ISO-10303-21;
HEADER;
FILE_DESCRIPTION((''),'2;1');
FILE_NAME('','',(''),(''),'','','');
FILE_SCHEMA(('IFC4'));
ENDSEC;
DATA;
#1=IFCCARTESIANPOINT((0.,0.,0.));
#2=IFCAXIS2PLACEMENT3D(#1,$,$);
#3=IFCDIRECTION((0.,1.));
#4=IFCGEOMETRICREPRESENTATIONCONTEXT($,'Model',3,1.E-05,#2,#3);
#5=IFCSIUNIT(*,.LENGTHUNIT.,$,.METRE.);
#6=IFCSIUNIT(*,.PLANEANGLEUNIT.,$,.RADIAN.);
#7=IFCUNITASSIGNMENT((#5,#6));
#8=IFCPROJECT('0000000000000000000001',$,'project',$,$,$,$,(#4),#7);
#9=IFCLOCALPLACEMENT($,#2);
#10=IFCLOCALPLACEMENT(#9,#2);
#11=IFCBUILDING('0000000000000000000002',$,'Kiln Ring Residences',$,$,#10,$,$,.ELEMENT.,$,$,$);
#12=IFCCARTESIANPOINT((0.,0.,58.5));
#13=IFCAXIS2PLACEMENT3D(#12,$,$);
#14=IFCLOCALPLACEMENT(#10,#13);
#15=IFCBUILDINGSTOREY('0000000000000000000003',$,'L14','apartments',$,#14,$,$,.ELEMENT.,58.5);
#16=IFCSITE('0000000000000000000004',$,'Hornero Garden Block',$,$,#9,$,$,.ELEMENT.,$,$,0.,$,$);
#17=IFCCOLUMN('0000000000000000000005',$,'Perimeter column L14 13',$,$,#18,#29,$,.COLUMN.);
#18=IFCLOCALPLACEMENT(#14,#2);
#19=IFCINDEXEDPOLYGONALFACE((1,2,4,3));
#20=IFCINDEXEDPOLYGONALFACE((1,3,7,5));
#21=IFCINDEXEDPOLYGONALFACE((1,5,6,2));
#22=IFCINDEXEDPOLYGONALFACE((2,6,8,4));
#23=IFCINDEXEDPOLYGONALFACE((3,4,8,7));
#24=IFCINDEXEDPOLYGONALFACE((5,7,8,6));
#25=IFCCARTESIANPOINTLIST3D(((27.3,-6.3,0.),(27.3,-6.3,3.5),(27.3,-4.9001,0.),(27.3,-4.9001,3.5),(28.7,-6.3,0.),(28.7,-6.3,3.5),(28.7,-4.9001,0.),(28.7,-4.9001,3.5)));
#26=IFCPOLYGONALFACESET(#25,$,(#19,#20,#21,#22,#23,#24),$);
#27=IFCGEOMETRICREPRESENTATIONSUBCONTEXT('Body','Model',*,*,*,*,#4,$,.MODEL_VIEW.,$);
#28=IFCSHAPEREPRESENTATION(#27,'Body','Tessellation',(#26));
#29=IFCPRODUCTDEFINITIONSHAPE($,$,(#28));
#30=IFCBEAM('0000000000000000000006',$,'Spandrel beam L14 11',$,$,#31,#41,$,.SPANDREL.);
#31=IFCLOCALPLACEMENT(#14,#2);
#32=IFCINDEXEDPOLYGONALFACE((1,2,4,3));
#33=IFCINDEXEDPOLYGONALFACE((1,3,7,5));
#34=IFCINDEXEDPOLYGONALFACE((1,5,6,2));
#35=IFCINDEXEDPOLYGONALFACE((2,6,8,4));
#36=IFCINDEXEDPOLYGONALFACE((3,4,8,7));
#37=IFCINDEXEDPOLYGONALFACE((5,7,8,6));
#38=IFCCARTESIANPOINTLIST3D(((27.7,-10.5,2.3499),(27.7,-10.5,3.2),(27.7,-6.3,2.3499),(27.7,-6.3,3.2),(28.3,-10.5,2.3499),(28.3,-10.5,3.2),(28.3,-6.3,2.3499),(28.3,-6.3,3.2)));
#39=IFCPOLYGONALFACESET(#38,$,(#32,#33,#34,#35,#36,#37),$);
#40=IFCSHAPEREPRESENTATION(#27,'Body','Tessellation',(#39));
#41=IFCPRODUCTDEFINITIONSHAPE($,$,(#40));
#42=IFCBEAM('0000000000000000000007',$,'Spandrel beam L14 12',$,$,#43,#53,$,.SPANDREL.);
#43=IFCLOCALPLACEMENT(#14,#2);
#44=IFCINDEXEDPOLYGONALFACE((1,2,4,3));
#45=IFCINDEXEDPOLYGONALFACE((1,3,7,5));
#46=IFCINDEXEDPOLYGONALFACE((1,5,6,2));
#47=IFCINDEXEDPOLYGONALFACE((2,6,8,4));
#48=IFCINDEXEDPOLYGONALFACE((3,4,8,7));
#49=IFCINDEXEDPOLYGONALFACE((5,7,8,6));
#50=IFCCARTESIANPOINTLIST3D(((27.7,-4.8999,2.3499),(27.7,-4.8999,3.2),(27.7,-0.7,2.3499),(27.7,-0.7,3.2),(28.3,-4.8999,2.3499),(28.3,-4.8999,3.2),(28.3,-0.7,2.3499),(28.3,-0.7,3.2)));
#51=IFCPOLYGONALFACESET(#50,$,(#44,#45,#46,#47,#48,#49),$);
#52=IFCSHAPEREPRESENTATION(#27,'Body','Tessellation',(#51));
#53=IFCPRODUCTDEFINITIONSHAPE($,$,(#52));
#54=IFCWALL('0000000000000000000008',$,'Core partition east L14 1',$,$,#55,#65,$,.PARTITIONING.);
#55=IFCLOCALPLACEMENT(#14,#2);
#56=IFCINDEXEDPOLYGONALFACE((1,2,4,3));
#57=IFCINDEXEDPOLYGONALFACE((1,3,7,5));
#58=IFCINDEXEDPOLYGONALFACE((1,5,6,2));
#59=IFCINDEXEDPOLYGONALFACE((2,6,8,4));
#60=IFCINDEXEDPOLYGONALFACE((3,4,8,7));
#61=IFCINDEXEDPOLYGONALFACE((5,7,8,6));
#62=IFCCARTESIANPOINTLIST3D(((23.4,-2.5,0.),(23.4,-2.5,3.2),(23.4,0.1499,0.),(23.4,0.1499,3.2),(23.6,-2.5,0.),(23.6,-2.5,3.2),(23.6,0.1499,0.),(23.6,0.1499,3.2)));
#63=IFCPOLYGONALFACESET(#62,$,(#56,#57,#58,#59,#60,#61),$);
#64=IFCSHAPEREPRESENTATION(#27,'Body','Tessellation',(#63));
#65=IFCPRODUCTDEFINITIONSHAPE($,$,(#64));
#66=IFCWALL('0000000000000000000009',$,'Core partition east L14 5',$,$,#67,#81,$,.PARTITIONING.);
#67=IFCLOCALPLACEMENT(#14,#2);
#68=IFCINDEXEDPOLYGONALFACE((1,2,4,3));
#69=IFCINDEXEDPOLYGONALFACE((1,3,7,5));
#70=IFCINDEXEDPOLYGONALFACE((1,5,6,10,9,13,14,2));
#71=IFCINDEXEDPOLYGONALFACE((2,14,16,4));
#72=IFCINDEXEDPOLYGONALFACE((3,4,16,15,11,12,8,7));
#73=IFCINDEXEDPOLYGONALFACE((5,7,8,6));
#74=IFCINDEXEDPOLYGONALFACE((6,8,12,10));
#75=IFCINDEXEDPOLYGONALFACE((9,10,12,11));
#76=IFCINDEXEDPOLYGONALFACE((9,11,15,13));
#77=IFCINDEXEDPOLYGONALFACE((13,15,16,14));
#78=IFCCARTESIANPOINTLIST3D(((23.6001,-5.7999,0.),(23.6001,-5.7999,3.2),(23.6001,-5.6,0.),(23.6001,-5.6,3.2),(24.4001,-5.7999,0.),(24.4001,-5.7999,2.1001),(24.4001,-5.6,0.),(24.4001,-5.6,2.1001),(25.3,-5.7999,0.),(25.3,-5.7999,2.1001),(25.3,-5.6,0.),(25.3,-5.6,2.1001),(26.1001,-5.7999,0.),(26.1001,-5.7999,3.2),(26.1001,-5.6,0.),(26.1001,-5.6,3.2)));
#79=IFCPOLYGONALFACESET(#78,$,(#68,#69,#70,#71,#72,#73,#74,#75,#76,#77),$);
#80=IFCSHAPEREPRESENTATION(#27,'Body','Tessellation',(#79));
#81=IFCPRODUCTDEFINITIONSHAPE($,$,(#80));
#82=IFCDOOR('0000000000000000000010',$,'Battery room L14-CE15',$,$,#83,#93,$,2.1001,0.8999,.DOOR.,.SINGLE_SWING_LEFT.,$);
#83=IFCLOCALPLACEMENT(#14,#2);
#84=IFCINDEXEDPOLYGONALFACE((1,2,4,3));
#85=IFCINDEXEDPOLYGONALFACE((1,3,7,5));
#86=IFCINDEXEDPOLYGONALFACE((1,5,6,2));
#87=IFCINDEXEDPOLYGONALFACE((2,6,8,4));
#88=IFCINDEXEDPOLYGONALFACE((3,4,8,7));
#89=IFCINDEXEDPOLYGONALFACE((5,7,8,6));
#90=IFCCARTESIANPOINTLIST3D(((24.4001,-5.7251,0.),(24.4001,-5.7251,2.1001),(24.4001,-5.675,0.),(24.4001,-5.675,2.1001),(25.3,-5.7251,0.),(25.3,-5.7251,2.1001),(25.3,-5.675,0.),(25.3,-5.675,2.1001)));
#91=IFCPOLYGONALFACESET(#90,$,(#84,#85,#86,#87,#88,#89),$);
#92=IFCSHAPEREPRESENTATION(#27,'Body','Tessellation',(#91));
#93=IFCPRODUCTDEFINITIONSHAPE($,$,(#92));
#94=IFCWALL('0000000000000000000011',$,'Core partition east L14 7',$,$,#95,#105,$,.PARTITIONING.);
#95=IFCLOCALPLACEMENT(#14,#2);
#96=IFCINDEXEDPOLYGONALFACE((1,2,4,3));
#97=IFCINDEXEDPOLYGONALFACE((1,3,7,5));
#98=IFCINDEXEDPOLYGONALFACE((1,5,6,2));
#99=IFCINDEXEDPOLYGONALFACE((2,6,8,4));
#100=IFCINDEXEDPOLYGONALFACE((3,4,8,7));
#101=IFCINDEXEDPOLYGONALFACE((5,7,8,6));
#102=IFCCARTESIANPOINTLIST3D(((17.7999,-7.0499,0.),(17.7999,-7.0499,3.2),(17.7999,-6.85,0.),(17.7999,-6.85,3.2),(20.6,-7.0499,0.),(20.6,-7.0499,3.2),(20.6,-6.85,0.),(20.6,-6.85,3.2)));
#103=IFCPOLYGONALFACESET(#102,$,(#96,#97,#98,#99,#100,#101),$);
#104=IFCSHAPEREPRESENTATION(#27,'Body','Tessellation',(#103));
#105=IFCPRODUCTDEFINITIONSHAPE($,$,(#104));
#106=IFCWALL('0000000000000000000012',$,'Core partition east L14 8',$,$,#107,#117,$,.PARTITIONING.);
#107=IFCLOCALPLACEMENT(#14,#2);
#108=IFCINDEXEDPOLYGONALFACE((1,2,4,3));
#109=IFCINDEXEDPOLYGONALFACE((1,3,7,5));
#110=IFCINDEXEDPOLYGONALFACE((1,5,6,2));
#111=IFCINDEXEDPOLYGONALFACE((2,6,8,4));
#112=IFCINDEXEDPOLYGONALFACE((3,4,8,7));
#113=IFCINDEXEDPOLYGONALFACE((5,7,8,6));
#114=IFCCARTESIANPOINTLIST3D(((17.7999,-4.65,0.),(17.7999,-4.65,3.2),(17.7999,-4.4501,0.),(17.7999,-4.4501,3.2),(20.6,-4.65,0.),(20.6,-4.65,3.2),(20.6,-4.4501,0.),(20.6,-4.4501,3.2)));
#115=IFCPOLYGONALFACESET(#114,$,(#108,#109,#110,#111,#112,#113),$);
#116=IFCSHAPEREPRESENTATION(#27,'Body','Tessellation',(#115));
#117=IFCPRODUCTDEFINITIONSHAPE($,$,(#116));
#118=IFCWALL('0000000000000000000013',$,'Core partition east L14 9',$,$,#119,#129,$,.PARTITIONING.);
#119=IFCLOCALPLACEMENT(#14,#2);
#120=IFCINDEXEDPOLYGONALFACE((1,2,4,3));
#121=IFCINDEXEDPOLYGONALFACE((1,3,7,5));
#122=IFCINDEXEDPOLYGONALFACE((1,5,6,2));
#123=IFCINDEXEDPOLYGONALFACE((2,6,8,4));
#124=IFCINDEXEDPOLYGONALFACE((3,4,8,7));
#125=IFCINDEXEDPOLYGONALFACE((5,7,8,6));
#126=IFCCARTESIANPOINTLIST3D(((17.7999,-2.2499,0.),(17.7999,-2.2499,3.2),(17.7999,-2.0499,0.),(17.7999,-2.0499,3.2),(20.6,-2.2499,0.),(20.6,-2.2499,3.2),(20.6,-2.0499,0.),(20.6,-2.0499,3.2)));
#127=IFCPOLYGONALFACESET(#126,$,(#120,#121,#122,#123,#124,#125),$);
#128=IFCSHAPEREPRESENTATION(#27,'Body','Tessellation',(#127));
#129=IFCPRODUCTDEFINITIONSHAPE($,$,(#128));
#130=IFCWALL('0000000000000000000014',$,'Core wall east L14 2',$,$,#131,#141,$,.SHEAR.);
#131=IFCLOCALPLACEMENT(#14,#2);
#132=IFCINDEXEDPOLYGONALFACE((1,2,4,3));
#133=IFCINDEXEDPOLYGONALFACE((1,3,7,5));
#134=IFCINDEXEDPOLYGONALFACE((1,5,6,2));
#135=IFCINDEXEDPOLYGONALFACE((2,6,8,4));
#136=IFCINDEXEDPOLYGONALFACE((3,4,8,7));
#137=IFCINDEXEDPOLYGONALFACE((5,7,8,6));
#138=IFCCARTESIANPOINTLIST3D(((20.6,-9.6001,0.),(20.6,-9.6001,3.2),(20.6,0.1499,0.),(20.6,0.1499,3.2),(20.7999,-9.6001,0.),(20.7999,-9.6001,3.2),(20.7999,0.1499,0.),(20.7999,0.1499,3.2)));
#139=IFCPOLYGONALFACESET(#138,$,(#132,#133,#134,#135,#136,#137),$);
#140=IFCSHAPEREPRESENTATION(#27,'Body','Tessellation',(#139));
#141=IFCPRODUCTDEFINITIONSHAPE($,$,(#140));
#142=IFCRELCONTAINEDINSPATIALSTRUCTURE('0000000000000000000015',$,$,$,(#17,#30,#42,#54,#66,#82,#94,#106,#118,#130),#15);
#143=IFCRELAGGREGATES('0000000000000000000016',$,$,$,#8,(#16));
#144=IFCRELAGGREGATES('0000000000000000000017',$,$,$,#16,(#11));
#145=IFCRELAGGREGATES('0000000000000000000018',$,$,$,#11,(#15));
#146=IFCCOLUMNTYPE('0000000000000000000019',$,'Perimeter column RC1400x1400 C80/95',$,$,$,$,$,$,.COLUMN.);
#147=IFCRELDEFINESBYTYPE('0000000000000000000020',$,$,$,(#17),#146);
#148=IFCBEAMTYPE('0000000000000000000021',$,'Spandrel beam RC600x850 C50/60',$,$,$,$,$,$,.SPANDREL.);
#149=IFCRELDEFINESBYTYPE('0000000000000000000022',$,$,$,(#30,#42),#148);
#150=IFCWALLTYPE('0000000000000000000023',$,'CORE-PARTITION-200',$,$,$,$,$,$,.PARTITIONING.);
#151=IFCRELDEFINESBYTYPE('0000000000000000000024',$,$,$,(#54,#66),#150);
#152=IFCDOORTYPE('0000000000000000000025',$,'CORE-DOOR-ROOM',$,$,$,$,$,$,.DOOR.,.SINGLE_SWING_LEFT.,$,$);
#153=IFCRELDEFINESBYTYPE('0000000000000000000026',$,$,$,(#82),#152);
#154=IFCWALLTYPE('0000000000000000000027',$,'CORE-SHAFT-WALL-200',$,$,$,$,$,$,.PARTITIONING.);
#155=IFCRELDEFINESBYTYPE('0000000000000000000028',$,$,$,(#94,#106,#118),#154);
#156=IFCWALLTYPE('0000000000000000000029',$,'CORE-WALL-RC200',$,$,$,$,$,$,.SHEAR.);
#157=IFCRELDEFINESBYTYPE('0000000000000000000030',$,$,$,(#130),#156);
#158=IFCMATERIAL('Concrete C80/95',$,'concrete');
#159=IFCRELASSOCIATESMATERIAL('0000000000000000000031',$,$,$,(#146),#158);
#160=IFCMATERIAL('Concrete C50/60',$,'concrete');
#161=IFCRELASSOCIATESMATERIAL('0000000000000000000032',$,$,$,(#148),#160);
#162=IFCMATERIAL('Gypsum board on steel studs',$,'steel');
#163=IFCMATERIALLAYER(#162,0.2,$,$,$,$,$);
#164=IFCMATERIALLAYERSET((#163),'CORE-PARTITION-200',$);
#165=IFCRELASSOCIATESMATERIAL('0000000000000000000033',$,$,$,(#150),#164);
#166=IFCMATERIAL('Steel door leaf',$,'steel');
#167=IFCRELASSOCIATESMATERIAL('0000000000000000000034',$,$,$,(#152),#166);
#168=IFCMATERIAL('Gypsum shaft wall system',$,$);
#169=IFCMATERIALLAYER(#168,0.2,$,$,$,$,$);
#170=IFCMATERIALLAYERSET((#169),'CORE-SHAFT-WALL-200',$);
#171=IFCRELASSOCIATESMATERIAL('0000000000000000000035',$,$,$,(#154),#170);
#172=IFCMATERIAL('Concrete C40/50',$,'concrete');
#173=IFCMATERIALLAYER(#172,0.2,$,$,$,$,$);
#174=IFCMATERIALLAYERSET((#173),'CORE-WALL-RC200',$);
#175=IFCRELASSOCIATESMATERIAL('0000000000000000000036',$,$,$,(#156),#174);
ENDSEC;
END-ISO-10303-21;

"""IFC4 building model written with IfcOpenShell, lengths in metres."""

from ifc_helpers import new_model, si_unit, direction, frame, frame_2d, origin, origin_2d, place, context, subcontext, project, spatial, rectangle, extrude, material, layer, layer_set, material_profile, profile_set, type_object, element, fill, save


model = new_model("IFC4")

# Units and contexts
model_context = context("Model", 3, precision=1e-05, world=origin(), true_north=direction((0.0, 1.0)))
body_context = subcontext(model_context, "Body", "Model", "MODEL_VIEW")
ifc_project = project(units=[si_unit("LENGTHUNIT", "METRE"), si_unit("PLANEANGLEUNIT", "RADIAN")], contexts=[model_context])

# Site, building, storey
site_placement = place(None, origin())
site = spatial("IfcSite", under=ifc_project, at=site_placement, Name="Hornero Garden Block", CompositionType="ELEMENT", RefElevation=0.0)
building_placement = place(site_placement, origin())
building = spatial("IfcBuilding", under=site, at=building_placement, Name="Kiln Ring Residences", CompositionType="ELEMENT")
storey_placement = place(building_placement, frame((0.0, 0.0, 58.5)))
storey = spatial("IfcBuildingStorey", under=building, at=storey_placement, Name="L14", Description="apartments", CompositionType="ELEMENT", Elevation=58.5)

# Column
ifc_material_1 = material(Name="Concrete C80/95", Category="concrete")
ifc_material_profile_1 = material_profile(ifc_material_1, rectangle(XDim=1.3999, YDim=1.3999, at=origin_2d()), Name="RC1400x1400")
ifc_profile_set_1 = profile_set([ifc_material_profile_1], Name="Concrete C80/95")
column_type = type_object("IfcColumnType", Name="Perimeter column RC1400x1400 C80/95", PredefinedType="COLUMN", material=ifc_profile_set_1)
column_placement = place(storey_placement, frame((28.0, -5.6001, 0.0), z_axis=(0.0, 0.0, 1.0), x_axis=(1.0, 0.0, 0.0)))
element("IfcColumn", 1, at=column_placement, inside=storey, type_object=column_type, Name="Perimeter column L14 13", PredefinedType="COLUMN", context=body_context, shape_type="SweptSolid", body=[
    extrude(rectangle(XDim=1.3999, YDim=1.3999, at=origin_2d()), origin(), (0.0, 0.0, 1.0), 3.5),
])

# Beams
ifc_material_2 = material(Name="Concrete C50/60", Category="concrete")
ifc_material_profile_2 = material_profile(ifc_material_2, rectangle(XDim=0.6001, YDim=0.8501, at=origin_2d()), Name="RC600x850")
ifc_profile_set_2 = profile_set([ifc_material_profile_2], Name="Concrete C50/60")
beam_type = type_object("IfcBeamType", Name="Spandrel beam RC600x850 C50/60", PredefinedType="SPANDREL", material=ifc_profile_set_2)
for number, where, z_axis, x_axis, name in (
    (2, (28.0, -10.5, 2.7749), (0.0, 1.0, 0.0), (-1.0, 0.0, 0.0), "Spandrel beam L14 11"),
    (3, (28.0, -4.8999, 2.7749), (0.0, 1.0, 0.0), (-1.0, 0.0, 0.0), "Spandrel beam L14 12"),
):
    element("IfcBeam", number, at=place(storey_placement, frame(where, z_axis=z_axis, x_axis=x_axis)), inside=storey, type_object=beam_type, Name=name, PredefinedType="SPANDREL", context=body_context, shape_type="SweptSolid", body=[
        extrude(rectangle(XDim=0.6001, YDim=0.8501, at=origin_2d()), origin(), (0.0, 0.0, 1.0), 4.2),
    ])

# Wall
ifc_material_3 = material(Name="Gypsum board on steel studs", Category="steel")
ifc_layer_1 = layer(ifc_material_3, 0.2)
ifc_layer_set_1 = layer_set([ifc_layer_1], Name="CORE-PARTITION-200")
wall_type_1 = type_object("IfcWallType", Name="CORE-PARTITION-200", PredefinedType="PARTITIONING", material=ifc_layer_set_1)
wall_1_placement = place(storey_placement, frame((23.5, -2.5, 0.0), z_axis=(0.0, 0.0, 1.0), x_axis=(0.0, 1.0, 0.0)))
element("IfcWall", 4, at=wall_1_placement, inside=storey, type_object=wall_type_1, Name="Core partition east L14 1", PredefinedType="PARTITIONING", context=body_context, shape_type="SweptSolid", body=[
    extrude(rectangle(XDim=2.6499, YDim=0.2, at=frame_2d((1.325, 0.0))), origin(), (0.0, 0.0, 1.0), 3.2),
])

# Wall, opening, door
wall_2_placement = place(storey_placement, frame((23.6001, -5.7, 0.0), z_axis=(0.0, 0.0, 1.0), x_axis=(1.0, 0.0, 0.0)))
wall_2 = element("IfcWall", 5, at=wall_2_placement, inside=storey, type_object=wall_type_1, Name="Core partition east L14 5", PredefinedType="PARTITIONING", context=body_context, shape_type="SweptSolid", body=[
    extrude(rectangle(XDim=2.5, YDim=0.2, at=frame_2d((1.25, 0.0))), origin(), (0.0, 0.0, 1.0), 3.2),
])
opening_1_placement = place(wall_2_placement, frame((0.8, 0.0, 0.0)))
opening_1 = element("IfcOpeningElement", 6, at=opening_1_placement, cuts=wall_2, PredefinedType="OPENING", context=body_context, shape_type="SweptSolid", body=[
    extrude(rectangle(XDim=0.8999, YDim=2.1001, at=frame_2d((0.45, 1.05))), frame((0.0, 0.1099, 0.0), z_axis=(0.0, -1.0, 0.0), x_axis=(1.0, 0.0, 0.0)), (0.0, 0.0, 1.0), 0.22),
])
ifc_material_4 = material(Name="Steel door leaf", Category="steel")
door_type_1 = type_object("IfcDoorType", Name="CORE-DOOR-ROOM", OperationType="SINGLE_SWING_LEFT", PredefinedType="DOOR", material=ifc_material_4)
door_1_placement = place(opening_1_placement, origin())
door_1 = element("IfcDoor", 7, at=door_1_placement, inside=storey, type_object=door_type_1, Name="Battery room L14-CE15", OperationType="SINGLE_SWING_LEFT", OverallHeight=2.1001, OverallWidth=0.8999, PredefinedType="DOOR", context=body_context, shape_type="SweptSolid", body=[
    extrude(rectangle(XDim=0.8999, YDim=2.1001, at=frame_2d((0.45, 1.05))), frame((0.0, 0.0249, 0.0), z_axis=(0.0, -1.0, 0.0), x_axis=(1.0, 0.0, 0.0)), (0.0, 0.0, 1.0), 0.05),
])
fill(opening_1, door_1)

# Walls
ifc_material_5 = material(Name="Gypsum shaft wall system")
ifc_layer_2 = layer(ifc_material_5, 0.2)
ifc_layer_set_2 = layer_set([ifc_layer_2], Name="CORE-SHAFT-WALL-200")
wall_type_2 = type_object("IfcWallType", Name="CORE-SHAFT-WALL-200", PredefinedType="PARTITIONING", material=ifc_layer_set_2)
for number, where, z_axis, x_axis, name in (
    (8, (17.8, -6.95, 0.0), (0.0, 0.0, 1.0), (1.0, 0.0, 0.0), "Core partition east L14 7"),
    (9, (17.8, -4.55, 0.0), (0.0, 0.0, 1.0), (1.0, 0.0, 0.0), "Core partition east L14 8"),
    (10, (17.8, -2.1499, 0.0), (0.0, 0.0, 1.0), (1.0, 0.0, 0.0), "Core partition east L14 9"),
):
    element("IfcWall", number, at=place(storey_placement, frame(where, z_axis=z_axis, x_axis=x_axis)), inside=storey, type_object=wall_type_2, Name=name, PredefinedType="PARTITIONING", context=body_context, shape_type="SweptSolid", body=[
        extrude(rectangle(XDim=2.8, YDim=0.2, at=frame_2d((1.3999, 0.0))), origin(), (0.0, 0.0, 1.0), 3.2),
    ])
ifc_material_6 = material(Name="Concrete C40/50", Category="concrete")
ifc_layer_3 = layer(ifc_material_6, 0.2)
ifc_layer_set_3 = layer_set([ifc_layer_3], Name="CORE-WALL-RC200")
wall_type_3 = type_object("IfcWallType", Name="CORE-WALL-RC200", PredefinedType="SHEAR", material=ifc_layer_set_3)
wall_3_placement = place(storey_placement, frame((20.7, -9.6001, 0.0), z_axis=(0.0, 0.0, 1.0), x_axis=(0.0, 1.0, 0.0)))
element("IfcWall", 11, at=wall_3_placement, inside=storey, type_object=wall_type_3, Name="Core wall east L14 2", PredefinedType="SHEAR", context=body_context, shape_type="SweptSolid", body=[
    extrude(rectangle(XDim=9.75, YDim=0.2, at=frame_2d((4.875, 0.0))), origin(), (0.0, 0.0, 1.0), 3.2),
])

save(model, "model.ifc")
